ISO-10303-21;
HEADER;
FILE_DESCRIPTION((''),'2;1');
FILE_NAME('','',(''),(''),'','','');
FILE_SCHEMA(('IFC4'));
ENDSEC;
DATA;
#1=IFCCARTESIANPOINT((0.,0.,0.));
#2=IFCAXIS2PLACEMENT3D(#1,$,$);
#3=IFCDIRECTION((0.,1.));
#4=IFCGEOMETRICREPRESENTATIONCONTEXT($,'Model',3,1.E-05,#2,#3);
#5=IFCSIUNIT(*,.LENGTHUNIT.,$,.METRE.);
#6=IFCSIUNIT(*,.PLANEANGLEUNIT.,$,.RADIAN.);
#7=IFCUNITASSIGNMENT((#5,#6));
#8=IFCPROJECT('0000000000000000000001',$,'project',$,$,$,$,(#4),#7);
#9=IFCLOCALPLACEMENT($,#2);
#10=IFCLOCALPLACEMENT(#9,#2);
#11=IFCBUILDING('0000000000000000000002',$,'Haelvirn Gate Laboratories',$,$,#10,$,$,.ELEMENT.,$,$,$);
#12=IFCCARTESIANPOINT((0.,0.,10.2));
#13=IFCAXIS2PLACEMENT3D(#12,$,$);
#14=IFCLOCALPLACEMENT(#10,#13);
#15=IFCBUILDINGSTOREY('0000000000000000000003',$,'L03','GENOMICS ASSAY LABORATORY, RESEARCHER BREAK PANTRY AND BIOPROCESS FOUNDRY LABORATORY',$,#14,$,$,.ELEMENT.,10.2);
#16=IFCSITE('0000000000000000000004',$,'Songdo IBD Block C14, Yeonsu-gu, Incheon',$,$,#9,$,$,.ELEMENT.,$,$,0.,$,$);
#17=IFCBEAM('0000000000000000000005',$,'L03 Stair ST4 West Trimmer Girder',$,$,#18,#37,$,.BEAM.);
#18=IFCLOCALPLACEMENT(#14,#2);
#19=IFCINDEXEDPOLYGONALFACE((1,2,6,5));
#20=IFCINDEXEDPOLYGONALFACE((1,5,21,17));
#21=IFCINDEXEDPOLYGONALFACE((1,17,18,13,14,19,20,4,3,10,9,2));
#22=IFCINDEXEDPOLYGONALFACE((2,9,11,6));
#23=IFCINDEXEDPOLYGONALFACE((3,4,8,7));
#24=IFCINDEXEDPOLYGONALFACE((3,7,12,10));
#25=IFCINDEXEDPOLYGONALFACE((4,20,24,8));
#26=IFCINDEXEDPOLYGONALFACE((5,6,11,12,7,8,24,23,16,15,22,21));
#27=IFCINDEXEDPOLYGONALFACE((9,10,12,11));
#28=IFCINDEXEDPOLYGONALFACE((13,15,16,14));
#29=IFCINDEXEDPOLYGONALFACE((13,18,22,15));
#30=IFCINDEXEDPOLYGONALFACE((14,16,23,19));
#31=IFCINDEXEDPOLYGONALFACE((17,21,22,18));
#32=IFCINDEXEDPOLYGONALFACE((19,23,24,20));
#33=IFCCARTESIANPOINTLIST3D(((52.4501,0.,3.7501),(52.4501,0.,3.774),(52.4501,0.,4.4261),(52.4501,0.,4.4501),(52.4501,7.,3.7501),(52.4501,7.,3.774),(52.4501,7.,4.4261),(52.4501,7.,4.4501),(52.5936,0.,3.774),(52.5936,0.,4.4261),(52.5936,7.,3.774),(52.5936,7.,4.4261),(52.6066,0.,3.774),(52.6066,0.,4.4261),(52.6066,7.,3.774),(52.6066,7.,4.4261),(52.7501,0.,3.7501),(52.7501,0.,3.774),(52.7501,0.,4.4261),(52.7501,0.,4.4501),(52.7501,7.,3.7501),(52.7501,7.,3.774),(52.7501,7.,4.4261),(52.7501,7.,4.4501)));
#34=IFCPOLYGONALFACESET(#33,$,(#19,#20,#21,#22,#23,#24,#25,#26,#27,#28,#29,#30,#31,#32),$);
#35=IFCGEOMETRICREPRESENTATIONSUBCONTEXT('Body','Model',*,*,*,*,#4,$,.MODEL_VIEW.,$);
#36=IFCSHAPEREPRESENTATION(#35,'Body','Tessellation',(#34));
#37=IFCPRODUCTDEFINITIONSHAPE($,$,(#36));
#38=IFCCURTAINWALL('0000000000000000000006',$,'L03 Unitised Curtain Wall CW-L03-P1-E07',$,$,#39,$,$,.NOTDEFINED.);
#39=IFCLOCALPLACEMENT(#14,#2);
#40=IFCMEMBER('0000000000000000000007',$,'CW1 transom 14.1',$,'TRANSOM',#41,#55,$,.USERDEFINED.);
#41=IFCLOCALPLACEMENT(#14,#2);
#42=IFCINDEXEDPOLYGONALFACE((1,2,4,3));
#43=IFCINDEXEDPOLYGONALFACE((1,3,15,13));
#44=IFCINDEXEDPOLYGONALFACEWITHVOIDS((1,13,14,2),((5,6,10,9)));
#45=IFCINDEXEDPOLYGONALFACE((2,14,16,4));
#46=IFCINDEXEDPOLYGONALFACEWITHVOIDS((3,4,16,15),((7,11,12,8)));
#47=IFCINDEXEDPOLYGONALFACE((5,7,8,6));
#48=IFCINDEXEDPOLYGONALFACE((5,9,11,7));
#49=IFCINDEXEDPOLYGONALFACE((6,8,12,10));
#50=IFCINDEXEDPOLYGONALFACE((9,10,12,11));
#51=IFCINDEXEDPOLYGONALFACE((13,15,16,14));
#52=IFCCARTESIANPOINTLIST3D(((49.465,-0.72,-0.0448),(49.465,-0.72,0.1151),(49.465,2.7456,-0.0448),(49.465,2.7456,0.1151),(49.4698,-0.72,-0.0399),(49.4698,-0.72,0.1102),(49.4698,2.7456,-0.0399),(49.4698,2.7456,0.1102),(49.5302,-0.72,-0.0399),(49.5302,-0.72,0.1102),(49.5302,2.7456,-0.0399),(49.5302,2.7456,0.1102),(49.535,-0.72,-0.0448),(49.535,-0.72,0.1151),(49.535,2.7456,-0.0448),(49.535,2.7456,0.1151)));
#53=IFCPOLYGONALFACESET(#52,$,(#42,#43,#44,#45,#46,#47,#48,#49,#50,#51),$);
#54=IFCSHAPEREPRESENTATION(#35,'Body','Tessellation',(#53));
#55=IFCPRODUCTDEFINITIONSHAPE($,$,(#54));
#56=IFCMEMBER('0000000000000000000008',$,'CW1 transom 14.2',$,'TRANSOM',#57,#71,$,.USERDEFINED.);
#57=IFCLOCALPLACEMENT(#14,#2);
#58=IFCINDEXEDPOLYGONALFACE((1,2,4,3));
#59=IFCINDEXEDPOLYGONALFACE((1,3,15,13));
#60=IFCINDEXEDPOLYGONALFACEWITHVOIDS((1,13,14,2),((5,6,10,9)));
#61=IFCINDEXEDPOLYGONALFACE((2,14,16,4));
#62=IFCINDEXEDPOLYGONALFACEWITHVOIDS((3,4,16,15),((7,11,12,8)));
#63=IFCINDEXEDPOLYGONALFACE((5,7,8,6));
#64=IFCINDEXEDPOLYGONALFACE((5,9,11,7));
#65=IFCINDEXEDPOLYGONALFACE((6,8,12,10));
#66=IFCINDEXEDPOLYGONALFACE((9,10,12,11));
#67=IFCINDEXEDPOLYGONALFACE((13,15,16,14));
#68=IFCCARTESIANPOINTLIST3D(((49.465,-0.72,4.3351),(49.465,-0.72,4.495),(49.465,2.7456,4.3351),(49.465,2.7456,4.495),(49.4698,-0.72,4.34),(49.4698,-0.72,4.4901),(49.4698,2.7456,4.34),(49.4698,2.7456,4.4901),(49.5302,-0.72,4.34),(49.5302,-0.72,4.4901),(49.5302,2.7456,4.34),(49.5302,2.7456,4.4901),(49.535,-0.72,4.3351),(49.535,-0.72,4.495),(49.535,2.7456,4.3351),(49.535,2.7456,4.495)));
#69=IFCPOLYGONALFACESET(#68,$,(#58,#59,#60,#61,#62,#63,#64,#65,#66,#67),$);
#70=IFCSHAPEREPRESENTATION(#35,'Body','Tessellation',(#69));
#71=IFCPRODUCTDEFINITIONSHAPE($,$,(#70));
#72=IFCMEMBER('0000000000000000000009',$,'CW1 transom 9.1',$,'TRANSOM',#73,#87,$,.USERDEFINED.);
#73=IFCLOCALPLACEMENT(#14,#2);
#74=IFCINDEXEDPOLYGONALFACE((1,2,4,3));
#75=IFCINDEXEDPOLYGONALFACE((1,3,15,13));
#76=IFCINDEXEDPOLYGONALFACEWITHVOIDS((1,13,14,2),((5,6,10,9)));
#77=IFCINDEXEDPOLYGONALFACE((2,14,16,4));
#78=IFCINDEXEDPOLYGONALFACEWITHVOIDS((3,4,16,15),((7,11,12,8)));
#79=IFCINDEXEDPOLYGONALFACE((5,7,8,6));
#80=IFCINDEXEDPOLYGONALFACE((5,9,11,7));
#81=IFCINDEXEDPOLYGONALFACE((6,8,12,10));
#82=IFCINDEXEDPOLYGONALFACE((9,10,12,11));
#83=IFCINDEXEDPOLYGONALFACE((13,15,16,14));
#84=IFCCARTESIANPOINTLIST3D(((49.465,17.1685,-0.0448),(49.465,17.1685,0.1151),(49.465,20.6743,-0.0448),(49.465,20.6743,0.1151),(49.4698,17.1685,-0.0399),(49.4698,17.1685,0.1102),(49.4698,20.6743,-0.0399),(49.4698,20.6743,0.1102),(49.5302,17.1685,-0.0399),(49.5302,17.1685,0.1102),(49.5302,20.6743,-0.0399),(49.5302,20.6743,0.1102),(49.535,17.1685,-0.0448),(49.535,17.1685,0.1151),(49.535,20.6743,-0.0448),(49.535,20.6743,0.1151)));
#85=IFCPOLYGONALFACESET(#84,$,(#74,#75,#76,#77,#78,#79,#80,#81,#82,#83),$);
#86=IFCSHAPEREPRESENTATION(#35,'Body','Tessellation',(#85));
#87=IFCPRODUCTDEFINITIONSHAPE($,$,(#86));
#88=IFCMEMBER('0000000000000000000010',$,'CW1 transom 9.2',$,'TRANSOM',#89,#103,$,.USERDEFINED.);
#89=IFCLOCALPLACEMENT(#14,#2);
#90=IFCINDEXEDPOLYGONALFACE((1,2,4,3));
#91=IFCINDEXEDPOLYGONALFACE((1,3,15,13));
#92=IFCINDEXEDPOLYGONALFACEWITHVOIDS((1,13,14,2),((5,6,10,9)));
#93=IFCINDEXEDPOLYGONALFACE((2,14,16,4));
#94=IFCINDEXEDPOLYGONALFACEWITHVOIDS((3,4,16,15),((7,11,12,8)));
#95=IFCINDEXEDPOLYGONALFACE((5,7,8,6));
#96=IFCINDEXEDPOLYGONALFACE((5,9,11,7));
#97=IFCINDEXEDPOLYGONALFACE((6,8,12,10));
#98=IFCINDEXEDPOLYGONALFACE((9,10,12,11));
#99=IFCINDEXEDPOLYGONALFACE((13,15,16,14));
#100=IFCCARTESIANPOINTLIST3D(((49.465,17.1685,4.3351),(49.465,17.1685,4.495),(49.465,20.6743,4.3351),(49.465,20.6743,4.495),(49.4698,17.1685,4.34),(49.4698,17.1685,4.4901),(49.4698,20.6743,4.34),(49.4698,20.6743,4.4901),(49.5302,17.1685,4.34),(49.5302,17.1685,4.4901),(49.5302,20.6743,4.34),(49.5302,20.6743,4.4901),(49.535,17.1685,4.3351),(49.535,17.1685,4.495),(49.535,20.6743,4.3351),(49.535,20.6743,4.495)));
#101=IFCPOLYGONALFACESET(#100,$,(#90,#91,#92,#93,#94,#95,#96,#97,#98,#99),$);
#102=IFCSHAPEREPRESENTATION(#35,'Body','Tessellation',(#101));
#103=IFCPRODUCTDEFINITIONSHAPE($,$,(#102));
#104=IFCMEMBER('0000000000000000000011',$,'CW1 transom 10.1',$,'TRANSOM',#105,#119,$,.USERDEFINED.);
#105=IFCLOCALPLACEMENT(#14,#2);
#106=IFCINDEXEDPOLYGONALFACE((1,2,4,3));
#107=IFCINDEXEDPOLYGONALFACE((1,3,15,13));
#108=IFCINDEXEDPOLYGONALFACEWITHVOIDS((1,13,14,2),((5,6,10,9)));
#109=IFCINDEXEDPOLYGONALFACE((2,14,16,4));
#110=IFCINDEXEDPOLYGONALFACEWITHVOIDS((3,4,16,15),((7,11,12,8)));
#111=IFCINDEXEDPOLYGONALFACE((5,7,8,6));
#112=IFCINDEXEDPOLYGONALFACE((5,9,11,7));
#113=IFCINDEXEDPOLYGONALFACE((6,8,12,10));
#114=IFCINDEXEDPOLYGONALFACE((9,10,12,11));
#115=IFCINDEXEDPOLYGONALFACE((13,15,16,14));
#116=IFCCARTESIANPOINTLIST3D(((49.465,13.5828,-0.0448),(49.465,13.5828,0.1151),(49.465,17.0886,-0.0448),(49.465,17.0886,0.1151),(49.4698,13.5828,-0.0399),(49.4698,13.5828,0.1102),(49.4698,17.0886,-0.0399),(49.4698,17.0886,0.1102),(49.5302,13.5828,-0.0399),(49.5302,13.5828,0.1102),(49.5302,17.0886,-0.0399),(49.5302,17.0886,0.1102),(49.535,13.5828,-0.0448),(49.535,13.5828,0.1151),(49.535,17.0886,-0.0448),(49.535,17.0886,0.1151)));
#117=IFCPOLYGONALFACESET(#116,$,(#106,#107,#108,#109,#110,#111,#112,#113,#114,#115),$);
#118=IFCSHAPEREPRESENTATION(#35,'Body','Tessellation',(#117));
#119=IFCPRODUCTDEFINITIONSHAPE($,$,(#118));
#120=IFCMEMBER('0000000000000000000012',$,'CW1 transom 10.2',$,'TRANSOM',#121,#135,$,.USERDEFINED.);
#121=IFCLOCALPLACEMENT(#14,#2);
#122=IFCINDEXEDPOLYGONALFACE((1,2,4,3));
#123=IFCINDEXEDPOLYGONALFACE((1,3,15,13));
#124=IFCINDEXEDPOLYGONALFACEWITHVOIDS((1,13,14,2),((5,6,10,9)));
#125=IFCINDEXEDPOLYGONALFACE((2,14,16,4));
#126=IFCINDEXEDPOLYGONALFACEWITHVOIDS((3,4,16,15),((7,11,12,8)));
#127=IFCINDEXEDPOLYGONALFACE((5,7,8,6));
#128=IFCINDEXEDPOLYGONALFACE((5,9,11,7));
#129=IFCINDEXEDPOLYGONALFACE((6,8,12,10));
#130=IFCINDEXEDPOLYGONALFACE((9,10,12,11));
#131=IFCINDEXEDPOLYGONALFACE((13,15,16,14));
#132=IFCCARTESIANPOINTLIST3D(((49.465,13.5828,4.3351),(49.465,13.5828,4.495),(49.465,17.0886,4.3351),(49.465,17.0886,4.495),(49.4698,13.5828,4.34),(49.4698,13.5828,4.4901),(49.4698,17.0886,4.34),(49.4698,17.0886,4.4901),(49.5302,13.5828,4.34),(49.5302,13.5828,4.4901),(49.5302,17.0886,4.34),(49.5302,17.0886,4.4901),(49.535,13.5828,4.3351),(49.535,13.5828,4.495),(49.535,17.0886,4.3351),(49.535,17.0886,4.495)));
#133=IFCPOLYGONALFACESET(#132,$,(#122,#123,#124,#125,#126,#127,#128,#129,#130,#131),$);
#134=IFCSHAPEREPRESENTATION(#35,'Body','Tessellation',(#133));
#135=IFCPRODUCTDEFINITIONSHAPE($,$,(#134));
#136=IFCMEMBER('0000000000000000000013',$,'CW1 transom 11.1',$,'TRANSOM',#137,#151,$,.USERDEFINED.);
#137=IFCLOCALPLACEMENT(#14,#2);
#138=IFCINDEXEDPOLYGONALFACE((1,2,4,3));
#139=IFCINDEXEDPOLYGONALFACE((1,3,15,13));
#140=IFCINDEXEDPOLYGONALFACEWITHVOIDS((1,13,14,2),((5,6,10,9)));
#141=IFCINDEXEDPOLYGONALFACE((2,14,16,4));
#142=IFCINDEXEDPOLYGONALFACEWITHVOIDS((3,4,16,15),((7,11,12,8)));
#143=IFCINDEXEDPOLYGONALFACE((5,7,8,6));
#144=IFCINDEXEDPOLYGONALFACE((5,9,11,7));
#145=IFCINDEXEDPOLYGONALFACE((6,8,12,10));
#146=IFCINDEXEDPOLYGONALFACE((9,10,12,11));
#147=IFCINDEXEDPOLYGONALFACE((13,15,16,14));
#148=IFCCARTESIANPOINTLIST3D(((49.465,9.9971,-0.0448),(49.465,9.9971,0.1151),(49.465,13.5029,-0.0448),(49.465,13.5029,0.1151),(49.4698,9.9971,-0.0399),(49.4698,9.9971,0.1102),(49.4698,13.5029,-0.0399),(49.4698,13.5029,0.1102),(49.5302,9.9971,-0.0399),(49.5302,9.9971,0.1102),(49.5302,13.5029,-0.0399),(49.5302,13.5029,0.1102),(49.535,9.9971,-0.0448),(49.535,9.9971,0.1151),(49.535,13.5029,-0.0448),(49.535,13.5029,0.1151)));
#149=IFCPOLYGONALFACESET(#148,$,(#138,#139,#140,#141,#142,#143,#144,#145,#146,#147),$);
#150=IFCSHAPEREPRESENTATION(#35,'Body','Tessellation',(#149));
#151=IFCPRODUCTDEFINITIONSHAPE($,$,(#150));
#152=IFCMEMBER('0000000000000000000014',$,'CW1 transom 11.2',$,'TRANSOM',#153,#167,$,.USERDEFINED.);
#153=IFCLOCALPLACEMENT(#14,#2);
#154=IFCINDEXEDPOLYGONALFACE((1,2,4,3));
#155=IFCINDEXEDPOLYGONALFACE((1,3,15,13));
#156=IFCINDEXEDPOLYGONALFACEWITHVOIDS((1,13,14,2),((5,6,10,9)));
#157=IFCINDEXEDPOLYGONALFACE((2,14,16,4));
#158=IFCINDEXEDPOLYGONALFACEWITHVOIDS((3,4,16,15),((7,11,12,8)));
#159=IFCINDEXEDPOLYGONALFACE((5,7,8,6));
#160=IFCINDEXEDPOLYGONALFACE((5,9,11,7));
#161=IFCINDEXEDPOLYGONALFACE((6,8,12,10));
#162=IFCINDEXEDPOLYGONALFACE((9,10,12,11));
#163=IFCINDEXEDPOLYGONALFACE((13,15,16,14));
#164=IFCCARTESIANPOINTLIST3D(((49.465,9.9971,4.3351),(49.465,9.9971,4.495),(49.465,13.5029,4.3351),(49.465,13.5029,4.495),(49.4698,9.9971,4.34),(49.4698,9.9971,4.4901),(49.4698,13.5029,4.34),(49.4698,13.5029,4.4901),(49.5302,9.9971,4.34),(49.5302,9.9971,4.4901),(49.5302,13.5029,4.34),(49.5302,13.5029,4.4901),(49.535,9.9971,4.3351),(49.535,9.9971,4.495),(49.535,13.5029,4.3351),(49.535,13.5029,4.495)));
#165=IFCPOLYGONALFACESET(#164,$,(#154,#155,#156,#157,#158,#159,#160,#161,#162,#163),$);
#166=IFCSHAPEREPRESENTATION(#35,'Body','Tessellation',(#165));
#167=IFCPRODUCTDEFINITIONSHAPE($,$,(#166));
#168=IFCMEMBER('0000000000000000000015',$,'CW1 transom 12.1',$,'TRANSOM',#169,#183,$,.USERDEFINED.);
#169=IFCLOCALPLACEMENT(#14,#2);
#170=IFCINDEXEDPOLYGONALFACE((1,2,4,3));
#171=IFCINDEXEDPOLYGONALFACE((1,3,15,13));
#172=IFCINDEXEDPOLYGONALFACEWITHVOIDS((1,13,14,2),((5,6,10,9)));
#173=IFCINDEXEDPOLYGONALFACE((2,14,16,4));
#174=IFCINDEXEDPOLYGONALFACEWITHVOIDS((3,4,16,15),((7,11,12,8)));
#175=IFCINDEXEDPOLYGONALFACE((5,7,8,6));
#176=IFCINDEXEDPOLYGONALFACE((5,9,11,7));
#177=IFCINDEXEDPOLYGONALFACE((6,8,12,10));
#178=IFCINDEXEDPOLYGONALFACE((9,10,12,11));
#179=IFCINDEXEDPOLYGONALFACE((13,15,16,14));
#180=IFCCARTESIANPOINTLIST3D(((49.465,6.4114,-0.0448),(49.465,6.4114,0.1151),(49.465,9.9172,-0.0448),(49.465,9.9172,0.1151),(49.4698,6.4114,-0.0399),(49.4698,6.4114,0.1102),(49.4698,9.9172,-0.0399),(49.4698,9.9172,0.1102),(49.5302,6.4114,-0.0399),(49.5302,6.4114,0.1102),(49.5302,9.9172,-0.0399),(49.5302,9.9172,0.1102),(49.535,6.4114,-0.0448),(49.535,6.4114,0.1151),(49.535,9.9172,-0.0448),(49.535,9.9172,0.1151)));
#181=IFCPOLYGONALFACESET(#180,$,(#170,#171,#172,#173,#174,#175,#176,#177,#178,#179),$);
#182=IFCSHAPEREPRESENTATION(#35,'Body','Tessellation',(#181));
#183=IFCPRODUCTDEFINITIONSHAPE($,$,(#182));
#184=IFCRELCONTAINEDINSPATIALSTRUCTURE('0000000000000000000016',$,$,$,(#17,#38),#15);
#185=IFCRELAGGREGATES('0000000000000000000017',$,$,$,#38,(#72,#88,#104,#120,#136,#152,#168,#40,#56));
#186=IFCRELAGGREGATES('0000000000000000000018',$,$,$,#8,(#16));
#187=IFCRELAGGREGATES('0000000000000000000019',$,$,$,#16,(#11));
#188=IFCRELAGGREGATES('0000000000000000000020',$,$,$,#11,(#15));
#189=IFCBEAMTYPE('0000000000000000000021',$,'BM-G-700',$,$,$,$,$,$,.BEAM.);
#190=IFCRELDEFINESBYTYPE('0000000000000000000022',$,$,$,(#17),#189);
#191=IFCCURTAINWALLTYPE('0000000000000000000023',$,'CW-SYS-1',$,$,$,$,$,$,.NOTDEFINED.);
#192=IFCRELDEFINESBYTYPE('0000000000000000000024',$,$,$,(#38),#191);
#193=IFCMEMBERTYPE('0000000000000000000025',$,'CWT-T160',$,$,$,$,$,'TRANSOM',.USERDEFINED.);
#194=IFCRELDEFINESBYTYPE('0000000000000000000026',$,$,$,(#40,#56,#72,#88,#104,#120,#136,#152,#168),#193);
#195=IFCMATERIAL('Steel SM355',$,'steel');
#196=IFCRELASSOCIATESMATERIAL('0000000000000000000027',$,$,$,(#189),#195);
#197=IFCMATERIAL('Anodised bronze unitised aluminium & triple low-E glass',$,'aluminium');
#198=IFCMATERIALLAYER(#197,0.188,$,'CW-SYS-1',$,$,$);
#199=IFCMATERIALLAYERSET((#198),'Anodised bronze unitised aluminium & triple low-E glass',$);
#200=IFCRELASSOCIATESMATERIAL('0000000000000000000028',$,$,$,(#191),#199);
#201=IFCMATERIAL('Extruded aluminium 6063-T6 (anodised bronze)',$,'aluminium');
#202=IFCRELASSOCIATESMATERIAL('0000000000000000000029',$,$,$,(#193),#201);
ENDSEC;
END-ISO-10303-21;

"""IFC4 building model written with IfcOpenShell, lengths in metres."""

from ifc_helpers import new_model, si_unit, direction, frame, origin, origin_2d, place, context, subcontext, project, spatial, hollow_rectangle, i_section, extrude, source, transform, mapped, material, layer, layer_set, material_profile, profile_set, type_object, type_shapes, element, aggregate, save


model = new_model("IFC4")

# Units and contexts
model_context = context("Model", 3, precision=1e-05, world=origin(), true_north=direction((0.0, 1.0)))
body_context = subcontext(model_context, "Body", "Model", "MODEL_VIEW")
ifc_project = project(units=[si_unit("LENGTHUNIT", "METRE"), si_unit("PLANEANGLEUNIT", "RADIAN")], contexts=[model_context])

# Site, building, storey
site_placement = place(None, origin())
site = spatial("IfcSite", under=ifc_project, at=site_placement, Name="Songdo IBD Block C14, Yeonsu-gu, Incheon", CompositionType="ELEMENT", RefElevation=0.0)
building_placement = place(site_placement, origin())
building = spatial("IfcBuilding", under=site, at=building_placement, Name="Haelvirn Gate Laboratories", CompositionType="ELEMENT")
storey_placement = place(building_placement, frame((0.0, 0.0, 10.2)))
storey = spatial("IfcBuildingStorey", under=building, at=storey_placement, Name="L03", Description="GENOMICS ASSAY LABORATORY, RESEARCHER BREAK PANTRY AND BIOPROCESS FOUNDRY LABORATORY", CompositionType="ELEMENT", Elevation=10.2)

# Beam
ifc_material_1 = material(Name="Steel SM355", Category="steel")
ifc_material_profile_1 = material_profile(ifc_material_1, i_section(OverallWidth=0.3, OverallDepth=0.7, WebThickness=0.0129, FlangeThickness=0.0239, at=origin_2d()), Name="H-700x300x13x24")
ifc_profile_set_1 = profile_set([ifc_material_profile_1], Name="Steel SM355")
beam_type = type_object("IfcBeamType", Name="BM-G-700", PredefinedType="BEAM", material=ifc_profile_set_1)
shared_shape_1 = source(origin(), body_context, "Body", "SweptSolid", [
    extrude(i_section(OverallWidth=0.3, OverallDepth=0.7, WebThickness=0.0129, FlangeThickness=0.0239, at=origin_2d()), origin(), (0.0, 0.0, 1.0), 7.0),
])
type_shapes(beam_type, [shared_shape_1])
beam_placement = place(storey_placement, frame((52.6001, 0.0, 4.1001), z_axis=(0.0, 1.0, 0.0), x_axis=(-1.0, 0.0, 0.0)))
element("IfcBeam", 1, at=beam_placement, inside=storey, type_object=beam_type, Name="L03 Stair ST4 West Trimmer Girder", PredefinedType="BEAM", context=body_context, shape_type="MappedRepresentation", body=[
    mapped(shared_shape_1, transform((0.0, 0.0, 0.0), scale=1.0)),
])

# Curtain wall, members
ifc_material_2 = material(Name="Anodised bronze unitised aluminium & triple low-E glass", Category="aluminium")
ifc_layer_1 = layer(ifc_material_2, 0.188, Name="CW-SYS-1")
ifc_layer_set_1 = layer_set([ifc_layer_1], Name="Anodised bronze unitised aluminium & triple low-E glass")
curtain_wall_type = type_object("IfcCurtainWallType", Name="CW-SYS-1", PredefinedType="NOTDEFINED", material=ifc_layer_set_1)
curtain_wall_1_placement = place(storey_placement, origin())
curtain_wall_1 = element("IfcCurtainWall", 2, at=curtain_wall_1_placement, inside=storey, type_object=curtain_wall_type, Name="L03 Unitised Curtain Wall CW-L03-P1-E07", PredefinedType="NOTDEFINED")
ifc_material_3 = material(Name="Extruded aluminium 6063-T6 (anodised bronze)", Category="aluminium")
ifc_material_profile_2 = material_profile(ifc_material_3, hollow_rectangle(XDim=0.0701, YDim=0.1599, WallThickness=0.0049, at=origin_2d()), Name="CWT-160x70x5")
ifc_profile_set_2 = profile_set([ifc_material_profile_2], Name="Extruded aluminium 6063-T6 (anodised bronze)")
member_type_1 = type_object("IfcMemberType", Name="CWT-T160", ElementType="TRANSOM", PredefinedType="USERDEFINED", material=ifc_profile_set_2)
shared_shape_2 = source(origin(), body_context, "Body", "SweptSolid", [
    extrude(hollow_rectangle(XDim=0.0701, YDim=0.1599, WallThickness=0.0049, at=origin_2d()), origin(), (0.0, 0.0, 1.0), 3.4656),
])
member_1_placement = place(storey_placement, frame((49.5, 2.7456, 0.0352), z_axis=(0.0, -1.0, 0.0), x_axis=(1.0, 0.0, 0.0)))
member_1 = element("IfcMember", 3, at=member_1_placement, type_object=member_type_1, Name="CW1 transom 14.1", ObjectType="TRANSOM", PredefinedType="USERDEFINED", context=body_context, shape_type="MappedRepresentation", body=[
    mapped(shared_shape_2, transform((0.0, 0.0, 0.0), scale=1.0)),
])
member_2_placement = place(storey_placement, frame((49.5, 2.7456, 4.415), z_axis=(0.0, -1.0, 0.0), x_axis=(1.0, 0.0, 0.0)))
member_2 = element("IfcMember", 4, at=member_2_placement, type_object=member_type_1, Name="CW1 transom 14.2", ObjectType="TRANSOM", PredefinedType="USERDEFINED", context=body_context, shape_type="MappedRepresentation", body=[
    mapped(shared_shape_2, transform((0.0, 0.0, 0.0), scale=1.0)),
])
shared_shape_3 = source(origin(), body_context, "Body", "SweptSolid", [
    extrude(hollow_rectangle(XDim=0.0701, YDim=0.1599, WallThickness=0.0049, at=origin_2d()), origin(), (0.0, 0.0, 1.0), 3.5059),
])
member_3_placement = place(storey_placement, frame((49.5, 20.6743, 0.0352), z_axis=(0.0, -1.0, 0.0), x_axis=(1.0, 0.0, 0.0)))
member_3 = element("IfcMember", 5, at=member_3_placement, type_object=member_type_1, Name="CW1 transom 9.1", ObjectType="TRANSOM", PredefinedType="USERDEFINED", context=body_context, shape_type="MappedRepresentation", body=[
    mapped(shared_shape_3, transform((0.0, 0.0, 0.0), scale=1.0)),
])
member_4_placement = place(storey_placement, frame((49.5, 20.6743, 4.415), z_axis=(0.0, -1.0, 0.0), x_axis=(1.0, 0.0, 0.0)))
member_4 = element("IfcMember", 6, at=member_4_placement, type_object=member_type_1, Name="CW1 transom 9.2", ObjectType="TRANSOM", PredefinedType="USERDEFINED", context=body_context, shape_type="MappedRepresentation", body=[
    mapped(shared_shape_3, transform((0.0, 0.0, 0.0), scale=1.0)),
])
member_5_placement = place(storey_placement, frame((49.5, 17.0886, 0.0352), z_axis=(0.0, -1.0, 0.0), x_axis=(1.0, 0.0, 0.0)))
member_5 = element("IfcMember", 7, at=member_5_placement, type_object=member_type_1, Name="CW1 transom 10.1", ObjectType="TRANSOM", PredefinedType="USERDEFINED", context=body_context, shape_type="MappedRepresentation", body=[
    mapped(shared_shape_3, transform((0.0, 0.0, 0.0), scale=1.0)),
])
member_6_placement = place(storey_placement, frame((49.5, 17.0886, 4.415), z_axis=(0.0, -1.0, 0.0), x_axis=(1.0, 0.0, 0.0)))
member_6 = element("IfcMember", 8, at=member_6_placement, type_object=member_type_1, Name="CW1 transom 10.2", ObjectType="TRANSOM", PredefinedType="USERDEFINED", context=body_context, shape_type="MappedRepresentation", body=[
    mapped(shared_shape_3, transform((0.0, 0.0, 0.0), scale=1.0)),
])
member_7_placement = place(storey_placement, frame((49.5, 13.5029, 0.0352), z_axis=(0.0, -1.0, 0.0), x_axis=(1.0, 0.0, 0.0)))
member_7 = element("IfcMember", 9, at=member_7_placement, type_object=member_type_1, Name="CW1 transom 11.1", ObjectType="TRANSOM", PredefinedType="USERDEFINED", context=body_context, shape_type="MappedRepresentation", body=[
    mapped(shared_shape_3, transform((0.0, 0.0, 0.0), scale=1.0)),
])
member_8_placement = place(storey_placement, frame((49.5, 13.5029, 4.415), z_axis=(0.0, -1.0, 0.0), x_axis=(1.0, 0.0, 0.0)))
member_8 = element("IfcMember", 10, at=member_8_placement, type_object=member_type_1, Name="CW1 transom 11.2", ObjectType="TRANSOM", PredefinedType="USERDEFINED", context=body_context, shape_type="MappedRepresentation", body=[
    mapped(shared_shape_3, transform((0.0, 0.0, 0.0), scale=1.0)),
])
member_9_placement = place(storey_placement, frame((49.5, 9.9172, 0.0352), z_axis=(0.0, -1.0, 0.0), x_axis=(1.0, 0.0, 0.0)))
member_9 = element("IfcMember", 11, at=member_9_placement, type_object=member_type_1, Name="CW1 transom 12.1", ObjectType="TRANSOM", PredefinedType="USERDEFINED", context=body_context, shape_type="MappedRepresentation", body=[
    mapped(shared_shape_3, transform((0.0, 0.0, 0.0), scale=1.0)),
])

aggregate(curtain_wall_1, [member_3, member_4, member_5, member_6, member_7, member_8, member_9, member_1, member_2])

save(model, "model.ifc")
